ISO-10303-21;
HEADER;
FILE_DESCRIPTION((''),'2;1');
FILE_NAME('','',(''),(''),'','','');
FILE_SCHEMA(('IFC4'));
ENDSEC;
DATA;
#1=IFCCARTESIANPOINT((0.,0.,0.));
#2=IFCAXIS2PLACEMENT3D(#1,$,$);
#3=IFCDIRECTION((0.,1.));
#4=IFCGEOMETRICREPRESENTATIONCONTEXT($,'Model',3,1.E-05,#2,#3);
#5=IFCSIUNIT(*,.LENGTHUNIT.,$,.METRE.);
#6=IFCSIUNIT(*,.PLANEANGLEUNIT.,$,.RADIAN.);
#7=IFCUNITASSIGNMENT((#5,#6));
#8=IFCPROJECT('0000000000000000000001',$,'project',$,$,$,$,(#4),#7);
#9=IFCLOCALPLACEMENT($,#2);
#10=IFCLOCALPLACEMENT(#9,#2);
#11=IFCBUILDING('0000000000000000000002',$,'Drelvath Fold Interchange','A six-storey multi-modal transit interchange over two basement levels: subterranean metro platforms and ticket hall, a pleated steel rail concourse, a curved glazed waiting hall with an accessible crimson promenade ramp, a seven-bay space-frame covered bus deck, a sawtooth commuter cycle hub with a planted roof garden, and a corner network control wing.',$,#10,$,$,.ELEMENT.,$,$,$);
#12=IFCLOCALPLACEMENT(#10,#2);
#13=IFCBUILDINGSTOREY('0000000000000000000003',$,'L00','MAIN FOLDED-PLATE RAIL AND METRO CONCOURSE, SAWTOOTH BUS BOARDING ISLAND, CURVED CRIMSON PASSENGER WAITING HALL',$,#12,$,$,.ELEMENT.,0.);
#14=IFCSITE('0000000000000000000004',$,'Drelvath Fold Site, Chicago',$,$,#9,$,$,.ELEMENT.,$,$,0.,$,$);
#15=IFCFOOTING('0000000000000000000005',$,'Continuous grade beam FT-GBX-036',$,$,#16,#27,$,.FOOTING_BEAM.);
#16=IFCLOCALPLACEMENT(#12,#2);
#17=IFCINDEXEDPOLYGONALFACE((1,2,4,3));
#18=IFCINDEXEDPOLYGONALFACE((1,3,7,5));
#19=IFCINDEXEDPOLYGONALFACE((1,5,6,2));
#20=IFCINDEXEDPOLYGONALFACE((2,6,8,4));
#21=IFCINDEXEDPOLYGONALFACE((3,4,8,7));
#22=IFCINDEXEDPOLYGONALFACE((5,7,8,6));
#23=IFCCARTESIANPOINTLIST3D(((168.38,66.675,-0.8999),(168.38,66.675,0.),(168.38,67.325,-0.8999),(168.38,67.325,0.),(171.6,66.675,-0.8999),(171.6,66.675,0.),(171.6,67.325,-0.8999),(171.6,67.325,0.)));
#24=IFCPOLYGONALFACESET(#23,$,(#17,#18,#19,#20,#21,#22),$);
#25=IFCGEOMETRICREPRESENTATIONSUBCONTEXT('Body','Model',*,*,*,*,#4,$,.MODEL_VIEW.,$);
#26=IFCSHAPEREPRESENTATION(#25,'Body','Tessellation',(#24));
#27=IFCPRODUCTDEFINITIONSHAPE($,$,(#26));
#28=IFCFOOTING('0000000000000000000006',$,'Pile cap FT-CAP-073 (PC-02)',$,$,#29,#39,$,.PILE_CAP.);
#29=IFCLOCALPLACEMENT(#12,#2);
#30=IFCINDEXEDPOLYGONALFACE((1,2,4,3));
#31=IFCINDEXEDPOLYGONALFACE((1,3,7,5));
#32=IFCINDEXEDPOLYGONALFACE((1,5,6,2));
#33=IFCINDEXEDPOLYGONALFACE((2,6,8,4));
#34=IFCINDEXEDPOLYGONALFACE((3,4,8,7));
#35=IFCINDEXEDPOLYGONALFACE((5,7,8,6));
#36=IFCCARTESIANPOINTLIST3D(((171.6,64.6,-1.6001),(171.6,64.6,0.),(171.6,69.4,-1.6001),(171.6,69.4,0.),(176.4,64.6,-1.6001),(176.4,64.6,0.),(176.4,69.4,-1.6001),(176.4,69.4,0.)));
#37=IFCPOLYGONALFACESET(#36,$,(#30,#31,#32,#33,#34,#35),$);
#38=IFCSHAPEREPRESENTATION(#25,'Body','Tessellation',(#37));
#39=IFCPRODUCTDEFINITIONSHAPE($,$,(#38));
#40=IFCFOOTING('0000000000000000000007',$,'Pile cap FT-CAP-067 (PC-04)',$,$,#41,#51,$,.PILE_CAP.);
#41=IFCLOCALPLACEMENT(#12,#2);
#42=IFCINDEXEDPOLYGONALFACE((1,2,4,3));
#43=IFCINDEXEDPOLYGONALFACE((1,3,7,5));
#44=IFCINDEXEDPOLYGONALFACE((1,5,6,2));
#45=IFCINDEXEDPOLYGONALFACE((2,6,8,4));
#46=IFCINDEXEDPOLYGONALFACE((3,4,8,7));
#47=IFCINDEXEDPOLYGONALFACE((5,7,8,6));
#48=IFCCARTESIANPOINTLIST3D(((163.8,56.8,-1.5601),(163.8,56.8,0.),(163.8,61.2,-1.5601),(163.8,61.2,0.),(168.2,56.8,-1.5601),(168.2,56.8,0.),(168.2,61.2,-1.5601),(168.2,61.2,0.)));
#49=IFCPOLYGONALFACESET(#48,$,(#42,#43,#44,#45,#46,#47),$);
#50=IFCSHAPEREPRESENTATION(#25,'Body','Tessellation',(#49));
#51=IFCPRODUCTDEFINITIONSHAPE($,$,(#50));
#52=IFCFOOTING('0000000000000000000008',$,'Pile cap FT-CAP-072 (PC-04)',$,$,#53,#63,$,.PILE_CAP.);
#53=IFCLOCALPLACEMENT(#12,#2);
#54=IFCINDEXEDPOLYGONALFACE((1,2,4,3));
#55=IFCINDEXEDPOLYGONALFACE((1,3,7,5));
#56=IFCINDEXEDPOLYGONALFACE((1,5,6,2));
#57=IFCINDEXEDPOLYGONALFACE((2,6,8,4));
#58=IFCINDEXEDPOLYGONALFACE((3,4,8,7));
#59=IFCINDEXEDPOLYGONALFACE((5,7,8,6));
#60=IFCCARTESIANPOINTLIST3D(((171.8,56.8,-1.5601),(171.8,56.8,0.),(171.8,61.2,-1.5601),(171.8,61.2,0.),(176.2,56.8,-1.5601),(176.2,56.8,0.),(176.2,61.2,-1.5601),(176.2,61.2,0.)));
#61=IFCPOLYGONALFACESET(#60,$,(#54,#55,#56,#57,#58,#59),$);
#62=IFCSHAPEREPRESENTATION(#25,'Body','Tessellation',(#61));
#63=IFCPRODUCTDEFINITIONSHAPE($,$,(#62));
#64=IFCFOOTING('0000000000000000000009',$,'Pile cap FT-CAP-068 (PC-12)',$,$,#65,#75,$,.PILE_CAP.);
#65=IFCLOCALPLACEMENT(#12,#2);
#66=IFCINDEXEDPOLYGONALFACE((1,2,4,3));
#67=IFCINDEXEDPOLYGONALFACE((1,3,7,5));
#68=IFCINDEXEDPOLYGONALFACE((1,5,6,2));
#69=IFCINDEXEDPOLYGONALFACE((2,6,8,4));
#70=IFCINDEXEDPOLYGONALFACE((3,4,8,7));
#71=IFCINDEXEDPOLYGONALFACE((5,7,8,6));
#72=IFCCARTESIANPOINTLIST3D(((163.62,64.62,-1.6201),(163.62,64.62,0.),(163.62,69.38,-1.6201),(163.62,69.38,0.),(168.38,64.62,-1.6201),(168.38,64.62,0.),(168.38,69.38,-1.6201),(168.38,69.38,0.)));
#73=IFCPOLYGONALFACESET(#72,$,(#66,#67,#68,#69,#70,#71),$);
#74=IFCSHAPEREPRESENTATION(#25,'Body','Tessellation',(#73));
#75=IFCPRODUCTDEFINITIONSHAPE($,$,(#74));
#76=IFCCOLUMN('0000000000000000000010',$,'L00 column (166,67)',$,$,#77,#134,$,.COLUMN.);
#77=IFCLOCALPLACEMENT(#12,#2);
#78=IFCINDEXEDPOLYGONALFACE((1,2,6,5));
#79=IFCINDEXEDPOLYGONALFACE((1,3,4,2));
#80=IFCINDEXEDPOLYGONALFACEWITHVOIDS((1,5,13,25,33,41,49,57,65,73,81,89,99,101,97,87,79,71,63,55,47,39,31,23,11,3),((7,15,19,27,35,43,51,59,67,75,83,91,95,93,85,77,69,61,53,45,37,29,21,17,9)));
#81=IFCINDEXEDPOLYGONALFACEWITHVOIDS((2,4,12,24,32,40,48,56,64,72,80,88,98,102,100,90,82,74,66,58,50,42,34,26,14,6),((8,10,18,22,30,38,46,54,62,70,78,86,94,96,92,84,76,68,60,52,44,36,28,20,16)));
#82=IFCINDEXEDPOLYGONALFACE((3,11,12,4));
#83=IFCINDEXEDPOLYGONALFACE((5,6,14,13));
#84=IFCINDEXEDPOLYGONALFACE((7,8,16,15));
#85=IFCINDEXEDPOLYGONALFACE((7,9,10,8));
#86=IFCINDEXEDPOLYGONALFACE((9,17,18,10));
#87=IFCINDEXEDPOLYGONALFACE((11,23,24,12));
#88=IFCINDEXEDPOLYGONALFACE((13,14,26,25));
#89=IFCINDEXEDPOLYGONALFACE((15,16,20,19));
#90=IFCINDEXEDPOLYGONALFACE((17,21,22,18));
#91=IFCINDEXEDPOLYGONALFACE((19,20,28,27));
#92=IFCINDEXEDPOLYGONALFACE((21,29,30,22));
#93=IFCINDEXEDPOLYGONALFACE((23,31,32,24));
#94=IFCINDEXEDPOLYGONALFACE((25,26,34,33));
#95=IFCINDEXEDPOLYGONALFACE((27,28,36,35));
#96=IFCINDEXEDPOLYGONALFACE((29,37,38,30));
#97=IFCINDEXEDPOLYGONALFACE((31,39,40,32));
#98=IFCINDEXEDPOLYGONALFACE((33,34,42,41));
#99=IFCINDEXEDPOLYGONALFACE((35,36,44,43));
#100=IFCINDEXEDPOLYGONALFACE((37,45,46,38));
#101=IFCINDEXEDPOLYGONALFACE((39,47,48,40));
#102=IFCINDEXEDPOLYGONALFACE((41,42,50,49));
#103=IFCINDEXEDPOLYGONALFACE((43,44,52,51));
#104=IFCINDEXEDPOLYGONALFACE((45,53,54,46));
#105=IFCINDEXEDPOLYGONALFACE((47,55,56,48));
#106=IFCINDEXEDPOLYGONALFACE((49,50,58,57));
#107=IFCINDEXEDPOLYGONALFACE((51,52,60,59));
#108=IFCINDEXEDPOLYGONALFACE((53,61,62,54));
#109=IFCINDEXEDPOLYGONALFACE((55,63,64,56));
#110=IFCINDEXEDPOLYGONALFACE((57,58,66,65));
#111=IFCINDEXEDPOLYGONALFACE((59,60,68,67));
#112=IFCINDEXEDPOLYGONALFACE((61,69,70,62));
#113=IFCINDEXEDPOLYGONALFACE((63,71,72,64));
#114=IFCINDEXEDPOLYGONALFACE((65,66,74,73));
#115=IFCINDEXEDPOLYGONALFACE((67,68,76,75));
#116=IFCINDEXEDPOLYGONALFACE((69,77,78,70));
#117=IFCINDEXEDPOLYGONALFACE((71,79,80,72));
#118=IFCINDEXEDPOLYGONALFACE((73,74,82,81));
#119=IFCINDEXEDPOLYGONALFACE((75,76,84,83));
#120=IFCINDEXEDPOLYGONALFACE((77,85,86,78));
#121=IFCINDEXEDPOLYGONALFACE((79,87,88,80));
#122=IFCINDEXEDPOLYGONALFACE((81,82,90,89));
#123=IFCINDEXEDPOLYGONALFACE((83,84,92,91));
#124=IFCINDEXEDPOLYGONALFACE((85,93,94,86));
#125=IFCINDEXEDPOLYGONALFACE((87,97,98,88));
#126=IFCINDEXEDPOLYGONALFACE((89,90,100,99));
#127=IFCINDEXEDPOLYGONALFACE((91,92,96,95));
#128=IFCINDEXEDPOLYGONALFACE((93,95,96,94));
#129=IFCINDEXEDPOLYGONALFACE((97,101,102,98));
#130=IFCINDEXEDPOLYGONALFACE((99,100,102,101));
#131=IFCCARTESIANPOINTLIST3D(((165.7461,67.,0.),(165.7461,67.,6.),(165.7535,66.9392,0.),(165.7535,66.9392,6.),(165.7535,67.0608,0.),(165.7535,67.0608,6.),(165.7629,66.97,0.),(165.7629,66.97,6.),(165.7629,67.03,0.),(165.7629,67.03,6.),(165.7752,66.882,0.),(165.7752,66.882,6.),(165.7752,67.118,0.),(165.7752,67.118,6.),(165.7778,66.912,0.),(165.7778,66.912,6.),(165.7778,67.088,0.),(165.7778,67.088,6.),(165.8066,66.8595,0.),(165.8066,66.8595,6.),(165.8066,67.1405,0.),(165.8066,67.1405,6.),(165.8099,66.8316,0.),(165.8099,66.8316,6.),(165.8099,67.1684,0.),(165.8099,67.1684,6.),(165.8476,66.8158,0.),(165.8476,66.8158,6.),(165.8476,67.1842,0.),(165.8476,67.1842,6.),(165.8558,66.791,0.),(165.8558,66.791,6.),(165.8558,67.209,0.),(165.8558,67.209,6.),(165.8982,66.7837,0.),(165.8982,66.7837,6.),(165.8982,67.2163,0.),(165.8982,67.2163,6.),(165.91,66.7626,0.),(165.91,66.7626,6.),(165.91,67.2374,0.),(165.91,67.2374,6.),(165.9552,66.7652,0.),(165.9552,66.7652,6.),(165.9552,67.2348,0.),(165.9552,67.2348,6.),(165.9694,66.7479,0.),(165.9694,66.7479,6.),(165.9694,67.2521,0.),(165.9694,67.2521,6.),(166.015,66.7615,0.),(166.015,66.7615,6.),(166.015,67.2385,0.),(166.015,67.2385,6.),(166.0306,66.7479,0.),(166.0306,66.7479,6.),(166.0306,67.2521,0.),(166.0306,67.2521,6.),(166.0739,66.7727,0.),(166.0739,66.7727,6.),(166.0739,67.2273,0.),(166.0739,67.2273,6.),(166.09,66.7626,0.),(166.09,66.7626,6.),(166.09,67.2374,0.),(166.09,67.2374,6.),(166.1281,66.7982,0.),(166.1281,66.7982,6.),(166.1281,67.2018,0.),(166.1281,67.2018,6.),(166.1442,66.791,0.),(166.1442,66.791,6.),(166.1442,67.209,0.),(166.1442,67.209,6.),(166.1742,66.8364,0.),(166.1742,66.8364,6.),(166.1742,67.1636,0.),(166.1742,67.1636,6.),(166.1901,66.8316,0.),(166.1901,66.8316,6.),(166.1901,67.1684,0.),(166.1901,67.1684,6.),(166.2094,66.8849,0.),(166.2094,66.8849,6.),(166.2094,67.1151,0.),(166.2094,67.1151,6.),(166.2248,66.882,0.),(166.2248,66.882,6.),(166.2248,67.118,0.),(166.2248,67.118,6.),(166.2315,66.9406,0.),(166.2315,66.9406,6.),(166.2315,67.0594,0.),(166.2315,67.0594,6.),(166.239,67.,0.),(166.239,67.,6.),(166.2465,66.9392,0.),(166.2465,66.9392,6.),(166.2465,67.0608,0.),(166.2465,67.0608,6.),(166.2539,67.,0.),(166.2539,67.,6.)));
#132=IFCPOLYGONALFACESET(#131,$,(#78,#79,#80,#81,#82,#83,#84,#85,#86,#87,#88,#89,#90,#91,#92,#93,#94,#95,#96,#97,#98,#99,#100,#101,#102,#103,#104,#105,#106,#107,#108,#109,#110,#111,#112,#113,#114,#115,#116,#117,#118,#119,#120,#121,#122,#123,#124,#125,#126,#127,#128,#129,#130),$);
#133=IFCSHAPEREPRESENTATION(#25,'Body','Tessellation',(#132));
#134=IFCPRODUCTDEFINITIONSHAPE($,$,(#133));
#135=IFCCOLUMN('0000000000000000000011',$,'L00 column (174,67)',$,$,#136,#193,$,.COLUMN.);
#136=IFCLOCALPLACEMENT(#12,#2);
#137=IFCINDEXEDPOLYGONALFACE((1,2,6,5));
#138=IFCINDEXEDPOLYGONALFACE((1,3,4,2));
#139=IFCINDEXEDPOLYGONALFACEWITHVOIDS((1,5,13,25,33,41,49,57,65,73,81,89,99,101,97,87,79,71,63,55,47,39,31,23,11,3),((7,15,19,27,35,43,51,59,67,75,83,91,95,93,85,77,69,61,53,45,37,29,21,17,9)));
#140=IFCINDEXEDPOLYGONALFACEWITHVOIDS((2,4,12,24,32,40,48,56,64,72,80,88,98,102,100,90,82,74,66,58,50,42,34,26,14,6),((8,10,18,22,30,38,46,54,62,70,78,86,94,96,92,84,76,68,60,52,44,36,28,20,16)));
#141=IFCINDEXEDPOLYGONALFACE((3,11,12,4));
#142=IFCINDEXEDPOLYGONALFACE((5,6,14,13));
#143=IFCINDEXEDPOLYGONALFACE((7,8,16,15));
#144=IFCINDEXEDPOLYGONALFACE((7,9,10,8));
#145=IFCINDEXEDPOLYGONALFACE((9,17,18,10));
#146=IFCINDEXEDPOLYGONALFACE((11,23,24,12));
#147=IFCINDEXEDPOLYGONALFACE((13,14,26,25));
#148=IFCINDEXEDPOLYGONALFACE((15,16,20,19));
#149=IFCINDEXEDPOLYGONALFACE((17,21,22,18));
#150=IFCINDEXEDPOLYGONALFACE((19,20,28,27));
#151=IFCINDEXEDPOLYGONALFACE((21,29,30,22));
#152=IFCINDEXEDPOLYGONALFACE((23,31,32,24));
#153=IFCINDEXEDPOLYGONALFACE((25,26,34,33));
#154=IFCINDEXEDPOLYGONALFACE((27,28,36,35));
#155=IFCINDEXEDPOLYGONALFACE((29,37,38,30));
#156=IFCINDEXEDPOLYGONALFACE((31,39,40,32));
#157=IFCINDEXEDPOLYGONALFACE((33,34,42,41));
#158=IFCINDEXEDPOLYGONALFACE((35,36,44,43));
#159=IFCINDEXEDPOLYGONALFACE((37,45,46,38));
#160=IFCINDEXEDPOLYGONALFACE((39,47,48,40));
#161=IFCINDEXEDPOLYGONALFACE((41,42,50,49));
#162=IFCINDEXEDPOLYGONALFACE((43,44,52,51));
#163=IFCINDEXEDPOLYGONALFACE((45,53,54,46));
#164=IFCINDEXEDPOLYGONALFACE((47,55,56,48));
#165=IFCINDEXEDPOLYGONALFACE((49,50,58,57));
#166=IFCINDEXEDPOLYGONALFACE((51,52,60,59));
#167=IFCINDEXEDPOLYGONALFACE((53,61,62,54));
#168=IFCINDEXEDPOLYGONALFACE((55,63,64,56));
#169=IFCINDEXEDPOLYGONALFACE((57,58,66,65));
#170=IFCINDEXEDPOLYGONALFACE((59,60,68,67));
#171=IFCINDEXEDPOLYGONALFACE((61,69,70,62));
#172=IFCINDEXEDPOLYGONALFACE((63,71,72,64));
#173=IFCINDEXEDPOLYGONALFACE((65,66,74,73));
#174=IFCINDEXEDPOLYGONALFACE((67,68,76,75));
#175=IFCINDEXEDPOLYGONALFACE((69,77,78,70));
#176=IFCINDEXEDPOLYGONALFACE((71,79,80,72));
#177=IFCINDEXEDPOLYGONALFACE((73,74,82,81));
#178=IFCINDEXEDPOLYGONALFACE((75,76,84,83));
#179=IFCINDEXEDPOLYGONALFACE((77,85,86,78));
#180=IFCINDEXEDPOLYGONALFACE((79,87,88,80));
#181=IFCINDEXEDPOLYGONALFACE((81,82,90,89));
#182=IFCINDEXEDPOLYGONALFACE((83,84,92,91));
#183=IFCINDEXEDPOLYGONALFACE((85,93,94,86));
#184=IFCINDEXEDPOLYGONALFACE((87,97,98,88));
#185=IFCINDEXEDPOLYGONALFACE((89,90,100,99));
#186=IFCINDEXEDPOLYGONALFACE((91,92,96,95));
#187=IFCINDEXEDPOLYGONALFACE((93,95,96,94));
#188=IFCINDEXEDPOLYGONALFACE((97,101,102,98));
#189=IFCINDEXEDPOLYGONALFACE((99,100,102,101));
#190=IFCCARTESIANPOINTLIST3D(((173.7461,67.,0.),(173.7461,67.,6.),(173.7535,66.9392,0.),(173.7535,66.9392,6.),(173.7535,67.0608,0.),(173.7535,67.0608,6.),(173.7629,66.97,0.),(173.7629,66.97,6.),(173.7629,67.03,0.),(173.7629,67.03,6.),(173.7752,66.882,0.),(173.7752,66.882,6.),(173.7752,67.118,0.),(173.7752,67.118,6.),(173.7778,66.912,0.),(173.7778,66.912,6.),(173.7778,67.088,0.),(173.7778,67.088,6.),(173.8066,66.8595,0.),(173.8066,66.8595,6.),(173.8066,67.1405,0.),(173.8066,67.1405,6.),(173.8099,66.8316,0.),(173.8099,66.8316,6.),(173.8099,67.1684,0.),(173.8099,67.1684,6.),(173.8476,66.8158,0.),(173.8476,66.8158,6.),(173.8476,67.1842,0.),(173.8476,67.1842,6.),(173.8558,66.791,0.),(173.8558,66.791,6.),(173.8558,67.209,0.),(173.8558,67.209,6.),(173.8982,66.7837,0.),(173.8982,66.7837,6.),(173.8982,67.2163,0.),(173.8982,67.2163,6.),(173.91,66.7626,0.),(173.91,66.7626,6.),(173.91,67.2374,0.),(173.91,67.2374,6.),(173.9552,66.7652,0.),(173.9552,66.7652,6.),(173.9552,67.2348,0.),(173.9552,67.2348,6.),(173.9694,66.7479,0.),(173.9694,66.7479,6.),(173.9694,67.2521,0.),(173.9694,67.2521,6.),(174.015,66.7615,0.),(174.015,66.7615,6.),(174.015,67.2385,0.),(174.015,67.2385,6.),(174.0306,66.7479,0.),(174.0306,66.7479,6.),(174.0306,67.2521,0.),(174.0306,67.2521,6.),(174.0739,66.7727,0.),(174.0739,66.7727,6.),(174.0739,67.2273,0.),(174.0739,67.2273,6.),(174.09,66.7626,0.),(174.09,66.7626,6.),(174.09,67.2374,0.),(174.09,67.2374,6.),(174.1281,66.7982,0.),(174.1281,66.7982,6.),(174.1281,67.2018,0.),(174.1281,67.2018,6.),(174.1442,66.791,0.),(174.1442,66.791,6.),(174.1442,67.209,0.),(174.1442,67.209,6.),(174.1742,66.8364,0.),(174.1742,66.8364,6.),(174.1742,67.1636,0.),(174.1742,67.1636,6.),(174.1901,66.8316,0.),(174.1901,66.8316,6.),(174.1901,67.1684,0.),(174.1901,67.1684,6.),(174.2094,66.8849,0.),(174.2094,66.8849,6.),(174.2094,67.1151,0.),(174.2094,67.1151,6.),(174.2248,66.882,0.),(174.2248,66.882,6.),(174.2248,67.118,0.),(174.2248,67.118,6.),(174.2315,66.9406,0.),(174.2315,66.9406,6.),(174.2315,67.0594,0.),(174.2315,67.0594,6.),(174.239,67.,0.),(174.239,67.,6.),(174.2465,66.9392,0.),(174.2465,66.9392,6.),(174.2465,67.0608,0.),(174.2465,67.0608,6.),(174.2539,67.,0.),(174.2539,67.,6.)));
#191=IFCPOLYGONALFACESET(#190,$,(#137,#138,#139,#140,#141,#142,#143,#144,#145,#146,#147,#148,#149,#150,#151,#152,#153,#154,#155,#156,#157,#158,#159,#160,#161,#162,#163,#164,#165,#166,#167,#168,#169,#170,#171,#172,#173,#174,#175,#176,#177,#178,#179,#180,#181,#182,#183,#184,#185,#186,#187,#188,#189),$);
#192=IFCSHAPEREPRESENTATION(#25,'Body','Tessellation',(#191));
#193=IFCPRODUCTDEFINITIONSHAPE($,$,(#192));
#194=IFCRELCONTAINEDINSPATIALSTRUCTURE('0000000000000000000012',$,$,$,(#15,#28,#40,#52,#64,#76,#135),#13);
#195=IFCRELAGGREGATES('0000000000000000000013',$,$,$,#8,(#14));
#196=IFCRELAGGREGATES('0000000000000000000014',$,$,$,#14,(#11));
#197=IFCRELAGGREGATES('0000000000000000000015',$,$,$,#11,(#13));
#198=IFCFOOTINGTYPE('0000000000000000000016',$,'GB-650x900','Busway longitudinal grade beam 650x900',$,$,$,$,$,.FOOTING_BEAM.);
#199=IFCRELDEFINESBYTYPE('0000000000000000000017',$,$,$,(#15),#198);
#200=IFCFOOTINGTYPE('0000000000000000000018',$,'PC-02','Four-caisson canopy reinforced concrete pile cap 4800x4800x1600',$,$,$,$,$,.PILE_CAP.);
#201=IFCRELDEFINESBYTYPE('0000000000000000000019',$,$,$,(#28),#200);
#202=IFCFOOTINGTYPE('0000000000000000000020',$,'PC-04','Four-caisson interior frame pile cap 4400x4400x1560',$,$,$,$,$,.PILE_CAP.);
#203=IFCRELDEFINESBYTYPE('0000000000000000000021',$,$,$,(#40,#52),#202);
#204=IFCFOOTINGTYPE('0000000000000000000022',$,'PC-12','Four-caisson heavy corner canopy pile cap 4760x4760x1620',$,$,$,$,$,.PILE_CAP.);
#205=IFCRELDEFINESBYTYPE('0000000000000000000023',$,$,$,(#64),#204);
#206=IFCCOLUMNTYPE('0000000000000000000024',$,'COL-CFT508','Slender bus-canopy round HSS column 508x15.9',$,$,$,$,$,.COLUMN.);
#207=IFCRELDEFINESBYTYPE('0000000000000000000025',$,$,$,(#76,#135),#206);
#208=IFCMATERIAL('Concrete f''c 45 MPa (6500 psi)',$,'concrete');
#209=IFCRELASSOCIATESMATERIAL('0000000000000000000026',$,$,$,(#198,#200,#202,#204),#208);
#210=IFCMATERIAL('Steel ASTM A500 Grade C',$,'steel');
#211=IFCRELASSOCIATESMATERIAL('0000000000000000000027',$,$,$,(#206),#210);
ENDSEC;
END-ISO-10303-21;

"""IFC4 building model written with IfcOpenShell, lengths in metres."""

from ifc_helpers import new_model, si_unit, direction, frame, origin, origin_2d, place, context, subcontext, project, spatial, rectangle, hollow_circle, extrude, material, material_profile, profile_set, type_object, element, save


model = new_model("IFC4")

# Units and contexts
model_context = context("Model", 3, precision=1e-05, world=origin(), true_north=direction((0.0, 1.0)))
body_context = subcontext(model_context, "Body", "Model", "MODEL_VIEW")
ifc_project = project(units=[si_unit("LENGTHUNIT", "METRE"), si_unit("PLANEANGLEUNIT", "RADIAN")], contexts=[model_context])

# Site, building, storey
site_placement = place(None, origin())
site = spatial("IfcSite", under=ifc_project, at=site_placement, Name="Drelvath Fold Site, Chicago", CompositionType="ELEMENT", RefElevation=0.0)
building_placement = place(site_placement, origin())
building = spatial("IfcBuilding", under=site, at=building_placement, Name="Drelvath Fold Interchange", Description="A six-storey multi-modal transit interchange over two basement levels: subterranean metro platforms and ticket hall, a pleated steel rail concourse, a curved glazed waiting hall with an accessible crimson promenade ramp, a seven-bay space-frame covered bus deck, a sawtooth commuter cycle hub with a planted roof garden, and a corner network control wing.", CompositionType="ELEMENT")
storey_placement = place(building_placement, origin())
storey = spatial("IfcBuildingStorey", under=building, at=storey_placement, Name="L00", Description="MAIN FOLDED-PLATE RAIL AND METRO CONCOURSE, SAWTOOTH BUS BOARDING ISLAND, CURVED CRIMSON PASSENGER WAITING HALL", CompositionType="ELEMENT", Elevation=0.0)

# Footings
ifc_material_1 = material(Name="Concrete f'c 45 MPa (6500 psi)", Category="concrete")
footing_type_1 = type_object("IfcFootingType", Name="GB-650x900", Description="Busway longitudinal grade beam 650x900", PredefinedType="FOOTING_BEAM", material=ifc_material_1)
footing_1_placement = place(storey_placement, frame((169.99, 67.0, -0.8999), z_axis=(0.0, 0.0, 1.0), x_axis=(1.0, 0.0, 0.0)))
element("IfcFooting", 1, at=footing_1_placement, inside=storey, type_object=footing_type_1, Name="Continuous grade beam FT-GBX-036", PredefinedType="FOOTING_BEAM", context=body_context, shape_type="SweptSolid", body=[
    extrude(rectangle(XDim=3.22, YDim=0.6499, at=origin_2d()), origin(), (0.0, 0.0, 1.0), 0.8999),
])
footing_type_2 = type_object("IfcFootingType", Name="PC-02", Description="Four-caisson canopy reinforced concrete pile cap 4800x4800x1600", PredefinedType="PILE_CAP", material=ifc_material_1)
footing_2_placement = place(storey_placement, frame((174.0, 67.0, -1.6001), z_axis=(0.0, 0.0, 1.0), x_axis=(1.0, 0.0, 0.0)))
element("IfcFooting", 2, at=footing_2_placement, inside=storey, type_object=footing_type_2, Name="Pile cap FT-CAP-073 (PC-02)", PredefinedType="PILE_CAP", context=body_context, shape_type="SweptSolid", body=[
    extrude(rectangle(XDim=4.8, YDim=4.8, at=origin_2d()), origin(), (0.0, 0.0, 1.0), 1.6001),
])
footing_type_3 = type_object("IfcFootingType", Name="PC-04", Description="Four-caisson interior frame pile cap 4400x4400x1560", PredefinedType="PILE_CAP", material=ifc_material_1)
for number, where, z_axis, x_axis, name in (
    (3, (166.0, 59.0, -1.5601), (0.0, 0.0, 1.0), (1.0, 0.0, 0.0), "Pile cap FT-CAP-067 (PC-04)"),
    (4, (174.0, 59.0, -1.5601), (0.0, 0.0, 1.0), (1.0, 0.0, 0.0), "Pile cap FT-CAP-072 (PC-04)"),
):
    element("IfcFooting", number, at=place(storey_placement, frame(where, z_axis=z_axis, x_axis=x_axis)), inside=storey, type_object=footing_type_3, Name=name, PredefinedType="PILE_CAP", context=body_context, shape_type="SweptSolid", body=[
        extrude(rectangle(XDim=4.3999, YDim=4.3999, at=origin_2d()), origin(), (0.0, 0.0, 1.0), 1.5601),
    ])
footing_type_4 = type_object("IfcFootingType", Name="PC-12", Description="Four-caisson heavy corner canopy pile cap 4760x4760x1620", PredefinedType="PILE_CAP", material=ifc_material_1)
footing_3_placement = place(storey_placement, frame((166.0, 67.0, -1.6201), z_axis=(0.0, 0.0, 1.0), x_axis=(1.0, 0.0, 0.0)))
element("IfcFooting", 5, at=footing_3_placement, inside=storey, type_object=footing_type_4, Name="Pile cap FT-CAP-068 (PC-12)", PredefinedType="PILE_CAP", context=body_context, shape_type="SweptSolid", body=[
    extrude(rectangle(XDim=4.76, YDim=4.76, at=origin_2d()), origin(), (0.0, 0.0, 1.0), 1.6201),
])

# Columns
ifc_material_2 = material(Name="Steel ASTM A500 Grade C", Category="steel")
ifc_material_profile_1 = material_profile(ifc_material_2, hollow_circle(Radius=0.2539, WallThickness=0.0149, at=origin_2d()), Name="HSS20.000X0.625")
ifc_profile_set_1 = profile_set([ifc_material_profile_1], Name="Steel ASTM A500 Grade C")
column_type_1 = type_object("IfcColumnType", Name="COL-CFT508", Description="Slender bus-canopy round HSS column 508x15.9", PredefinedType="COLUMN", material=ifc_profile_set_1)
for number, where, z_axis, x_axis, name in (
    (6, (166.0, 67.0, 0.0), (0.0, 0.0, 1.0), (1.0, 0.0, 0.0), "L00 column (166,67)"),
    (7, (174.0, 67.0, 0.0), (0.0, 0.0, 1.0), (1.0, 0.0, 0.0), "L00 column (174,67)"),
):
    element("IfcColumn", number, at=place(storey_placement, frame(where, z_axis=z_axis, x_axis=x_axis)), inside=storey, type_object=column_type_1, Name=name, PredefinedType="COLUMN", context=body_context, shape_type="SweptSolid", body=[
        extrude(hollow_circle(Radius=0.2539, WallThickness=0.0149, at=origin_2d()), origin(), (0.0, 0.0, 1.0), 6.0),
    ])

save(model, "model.ifc")
